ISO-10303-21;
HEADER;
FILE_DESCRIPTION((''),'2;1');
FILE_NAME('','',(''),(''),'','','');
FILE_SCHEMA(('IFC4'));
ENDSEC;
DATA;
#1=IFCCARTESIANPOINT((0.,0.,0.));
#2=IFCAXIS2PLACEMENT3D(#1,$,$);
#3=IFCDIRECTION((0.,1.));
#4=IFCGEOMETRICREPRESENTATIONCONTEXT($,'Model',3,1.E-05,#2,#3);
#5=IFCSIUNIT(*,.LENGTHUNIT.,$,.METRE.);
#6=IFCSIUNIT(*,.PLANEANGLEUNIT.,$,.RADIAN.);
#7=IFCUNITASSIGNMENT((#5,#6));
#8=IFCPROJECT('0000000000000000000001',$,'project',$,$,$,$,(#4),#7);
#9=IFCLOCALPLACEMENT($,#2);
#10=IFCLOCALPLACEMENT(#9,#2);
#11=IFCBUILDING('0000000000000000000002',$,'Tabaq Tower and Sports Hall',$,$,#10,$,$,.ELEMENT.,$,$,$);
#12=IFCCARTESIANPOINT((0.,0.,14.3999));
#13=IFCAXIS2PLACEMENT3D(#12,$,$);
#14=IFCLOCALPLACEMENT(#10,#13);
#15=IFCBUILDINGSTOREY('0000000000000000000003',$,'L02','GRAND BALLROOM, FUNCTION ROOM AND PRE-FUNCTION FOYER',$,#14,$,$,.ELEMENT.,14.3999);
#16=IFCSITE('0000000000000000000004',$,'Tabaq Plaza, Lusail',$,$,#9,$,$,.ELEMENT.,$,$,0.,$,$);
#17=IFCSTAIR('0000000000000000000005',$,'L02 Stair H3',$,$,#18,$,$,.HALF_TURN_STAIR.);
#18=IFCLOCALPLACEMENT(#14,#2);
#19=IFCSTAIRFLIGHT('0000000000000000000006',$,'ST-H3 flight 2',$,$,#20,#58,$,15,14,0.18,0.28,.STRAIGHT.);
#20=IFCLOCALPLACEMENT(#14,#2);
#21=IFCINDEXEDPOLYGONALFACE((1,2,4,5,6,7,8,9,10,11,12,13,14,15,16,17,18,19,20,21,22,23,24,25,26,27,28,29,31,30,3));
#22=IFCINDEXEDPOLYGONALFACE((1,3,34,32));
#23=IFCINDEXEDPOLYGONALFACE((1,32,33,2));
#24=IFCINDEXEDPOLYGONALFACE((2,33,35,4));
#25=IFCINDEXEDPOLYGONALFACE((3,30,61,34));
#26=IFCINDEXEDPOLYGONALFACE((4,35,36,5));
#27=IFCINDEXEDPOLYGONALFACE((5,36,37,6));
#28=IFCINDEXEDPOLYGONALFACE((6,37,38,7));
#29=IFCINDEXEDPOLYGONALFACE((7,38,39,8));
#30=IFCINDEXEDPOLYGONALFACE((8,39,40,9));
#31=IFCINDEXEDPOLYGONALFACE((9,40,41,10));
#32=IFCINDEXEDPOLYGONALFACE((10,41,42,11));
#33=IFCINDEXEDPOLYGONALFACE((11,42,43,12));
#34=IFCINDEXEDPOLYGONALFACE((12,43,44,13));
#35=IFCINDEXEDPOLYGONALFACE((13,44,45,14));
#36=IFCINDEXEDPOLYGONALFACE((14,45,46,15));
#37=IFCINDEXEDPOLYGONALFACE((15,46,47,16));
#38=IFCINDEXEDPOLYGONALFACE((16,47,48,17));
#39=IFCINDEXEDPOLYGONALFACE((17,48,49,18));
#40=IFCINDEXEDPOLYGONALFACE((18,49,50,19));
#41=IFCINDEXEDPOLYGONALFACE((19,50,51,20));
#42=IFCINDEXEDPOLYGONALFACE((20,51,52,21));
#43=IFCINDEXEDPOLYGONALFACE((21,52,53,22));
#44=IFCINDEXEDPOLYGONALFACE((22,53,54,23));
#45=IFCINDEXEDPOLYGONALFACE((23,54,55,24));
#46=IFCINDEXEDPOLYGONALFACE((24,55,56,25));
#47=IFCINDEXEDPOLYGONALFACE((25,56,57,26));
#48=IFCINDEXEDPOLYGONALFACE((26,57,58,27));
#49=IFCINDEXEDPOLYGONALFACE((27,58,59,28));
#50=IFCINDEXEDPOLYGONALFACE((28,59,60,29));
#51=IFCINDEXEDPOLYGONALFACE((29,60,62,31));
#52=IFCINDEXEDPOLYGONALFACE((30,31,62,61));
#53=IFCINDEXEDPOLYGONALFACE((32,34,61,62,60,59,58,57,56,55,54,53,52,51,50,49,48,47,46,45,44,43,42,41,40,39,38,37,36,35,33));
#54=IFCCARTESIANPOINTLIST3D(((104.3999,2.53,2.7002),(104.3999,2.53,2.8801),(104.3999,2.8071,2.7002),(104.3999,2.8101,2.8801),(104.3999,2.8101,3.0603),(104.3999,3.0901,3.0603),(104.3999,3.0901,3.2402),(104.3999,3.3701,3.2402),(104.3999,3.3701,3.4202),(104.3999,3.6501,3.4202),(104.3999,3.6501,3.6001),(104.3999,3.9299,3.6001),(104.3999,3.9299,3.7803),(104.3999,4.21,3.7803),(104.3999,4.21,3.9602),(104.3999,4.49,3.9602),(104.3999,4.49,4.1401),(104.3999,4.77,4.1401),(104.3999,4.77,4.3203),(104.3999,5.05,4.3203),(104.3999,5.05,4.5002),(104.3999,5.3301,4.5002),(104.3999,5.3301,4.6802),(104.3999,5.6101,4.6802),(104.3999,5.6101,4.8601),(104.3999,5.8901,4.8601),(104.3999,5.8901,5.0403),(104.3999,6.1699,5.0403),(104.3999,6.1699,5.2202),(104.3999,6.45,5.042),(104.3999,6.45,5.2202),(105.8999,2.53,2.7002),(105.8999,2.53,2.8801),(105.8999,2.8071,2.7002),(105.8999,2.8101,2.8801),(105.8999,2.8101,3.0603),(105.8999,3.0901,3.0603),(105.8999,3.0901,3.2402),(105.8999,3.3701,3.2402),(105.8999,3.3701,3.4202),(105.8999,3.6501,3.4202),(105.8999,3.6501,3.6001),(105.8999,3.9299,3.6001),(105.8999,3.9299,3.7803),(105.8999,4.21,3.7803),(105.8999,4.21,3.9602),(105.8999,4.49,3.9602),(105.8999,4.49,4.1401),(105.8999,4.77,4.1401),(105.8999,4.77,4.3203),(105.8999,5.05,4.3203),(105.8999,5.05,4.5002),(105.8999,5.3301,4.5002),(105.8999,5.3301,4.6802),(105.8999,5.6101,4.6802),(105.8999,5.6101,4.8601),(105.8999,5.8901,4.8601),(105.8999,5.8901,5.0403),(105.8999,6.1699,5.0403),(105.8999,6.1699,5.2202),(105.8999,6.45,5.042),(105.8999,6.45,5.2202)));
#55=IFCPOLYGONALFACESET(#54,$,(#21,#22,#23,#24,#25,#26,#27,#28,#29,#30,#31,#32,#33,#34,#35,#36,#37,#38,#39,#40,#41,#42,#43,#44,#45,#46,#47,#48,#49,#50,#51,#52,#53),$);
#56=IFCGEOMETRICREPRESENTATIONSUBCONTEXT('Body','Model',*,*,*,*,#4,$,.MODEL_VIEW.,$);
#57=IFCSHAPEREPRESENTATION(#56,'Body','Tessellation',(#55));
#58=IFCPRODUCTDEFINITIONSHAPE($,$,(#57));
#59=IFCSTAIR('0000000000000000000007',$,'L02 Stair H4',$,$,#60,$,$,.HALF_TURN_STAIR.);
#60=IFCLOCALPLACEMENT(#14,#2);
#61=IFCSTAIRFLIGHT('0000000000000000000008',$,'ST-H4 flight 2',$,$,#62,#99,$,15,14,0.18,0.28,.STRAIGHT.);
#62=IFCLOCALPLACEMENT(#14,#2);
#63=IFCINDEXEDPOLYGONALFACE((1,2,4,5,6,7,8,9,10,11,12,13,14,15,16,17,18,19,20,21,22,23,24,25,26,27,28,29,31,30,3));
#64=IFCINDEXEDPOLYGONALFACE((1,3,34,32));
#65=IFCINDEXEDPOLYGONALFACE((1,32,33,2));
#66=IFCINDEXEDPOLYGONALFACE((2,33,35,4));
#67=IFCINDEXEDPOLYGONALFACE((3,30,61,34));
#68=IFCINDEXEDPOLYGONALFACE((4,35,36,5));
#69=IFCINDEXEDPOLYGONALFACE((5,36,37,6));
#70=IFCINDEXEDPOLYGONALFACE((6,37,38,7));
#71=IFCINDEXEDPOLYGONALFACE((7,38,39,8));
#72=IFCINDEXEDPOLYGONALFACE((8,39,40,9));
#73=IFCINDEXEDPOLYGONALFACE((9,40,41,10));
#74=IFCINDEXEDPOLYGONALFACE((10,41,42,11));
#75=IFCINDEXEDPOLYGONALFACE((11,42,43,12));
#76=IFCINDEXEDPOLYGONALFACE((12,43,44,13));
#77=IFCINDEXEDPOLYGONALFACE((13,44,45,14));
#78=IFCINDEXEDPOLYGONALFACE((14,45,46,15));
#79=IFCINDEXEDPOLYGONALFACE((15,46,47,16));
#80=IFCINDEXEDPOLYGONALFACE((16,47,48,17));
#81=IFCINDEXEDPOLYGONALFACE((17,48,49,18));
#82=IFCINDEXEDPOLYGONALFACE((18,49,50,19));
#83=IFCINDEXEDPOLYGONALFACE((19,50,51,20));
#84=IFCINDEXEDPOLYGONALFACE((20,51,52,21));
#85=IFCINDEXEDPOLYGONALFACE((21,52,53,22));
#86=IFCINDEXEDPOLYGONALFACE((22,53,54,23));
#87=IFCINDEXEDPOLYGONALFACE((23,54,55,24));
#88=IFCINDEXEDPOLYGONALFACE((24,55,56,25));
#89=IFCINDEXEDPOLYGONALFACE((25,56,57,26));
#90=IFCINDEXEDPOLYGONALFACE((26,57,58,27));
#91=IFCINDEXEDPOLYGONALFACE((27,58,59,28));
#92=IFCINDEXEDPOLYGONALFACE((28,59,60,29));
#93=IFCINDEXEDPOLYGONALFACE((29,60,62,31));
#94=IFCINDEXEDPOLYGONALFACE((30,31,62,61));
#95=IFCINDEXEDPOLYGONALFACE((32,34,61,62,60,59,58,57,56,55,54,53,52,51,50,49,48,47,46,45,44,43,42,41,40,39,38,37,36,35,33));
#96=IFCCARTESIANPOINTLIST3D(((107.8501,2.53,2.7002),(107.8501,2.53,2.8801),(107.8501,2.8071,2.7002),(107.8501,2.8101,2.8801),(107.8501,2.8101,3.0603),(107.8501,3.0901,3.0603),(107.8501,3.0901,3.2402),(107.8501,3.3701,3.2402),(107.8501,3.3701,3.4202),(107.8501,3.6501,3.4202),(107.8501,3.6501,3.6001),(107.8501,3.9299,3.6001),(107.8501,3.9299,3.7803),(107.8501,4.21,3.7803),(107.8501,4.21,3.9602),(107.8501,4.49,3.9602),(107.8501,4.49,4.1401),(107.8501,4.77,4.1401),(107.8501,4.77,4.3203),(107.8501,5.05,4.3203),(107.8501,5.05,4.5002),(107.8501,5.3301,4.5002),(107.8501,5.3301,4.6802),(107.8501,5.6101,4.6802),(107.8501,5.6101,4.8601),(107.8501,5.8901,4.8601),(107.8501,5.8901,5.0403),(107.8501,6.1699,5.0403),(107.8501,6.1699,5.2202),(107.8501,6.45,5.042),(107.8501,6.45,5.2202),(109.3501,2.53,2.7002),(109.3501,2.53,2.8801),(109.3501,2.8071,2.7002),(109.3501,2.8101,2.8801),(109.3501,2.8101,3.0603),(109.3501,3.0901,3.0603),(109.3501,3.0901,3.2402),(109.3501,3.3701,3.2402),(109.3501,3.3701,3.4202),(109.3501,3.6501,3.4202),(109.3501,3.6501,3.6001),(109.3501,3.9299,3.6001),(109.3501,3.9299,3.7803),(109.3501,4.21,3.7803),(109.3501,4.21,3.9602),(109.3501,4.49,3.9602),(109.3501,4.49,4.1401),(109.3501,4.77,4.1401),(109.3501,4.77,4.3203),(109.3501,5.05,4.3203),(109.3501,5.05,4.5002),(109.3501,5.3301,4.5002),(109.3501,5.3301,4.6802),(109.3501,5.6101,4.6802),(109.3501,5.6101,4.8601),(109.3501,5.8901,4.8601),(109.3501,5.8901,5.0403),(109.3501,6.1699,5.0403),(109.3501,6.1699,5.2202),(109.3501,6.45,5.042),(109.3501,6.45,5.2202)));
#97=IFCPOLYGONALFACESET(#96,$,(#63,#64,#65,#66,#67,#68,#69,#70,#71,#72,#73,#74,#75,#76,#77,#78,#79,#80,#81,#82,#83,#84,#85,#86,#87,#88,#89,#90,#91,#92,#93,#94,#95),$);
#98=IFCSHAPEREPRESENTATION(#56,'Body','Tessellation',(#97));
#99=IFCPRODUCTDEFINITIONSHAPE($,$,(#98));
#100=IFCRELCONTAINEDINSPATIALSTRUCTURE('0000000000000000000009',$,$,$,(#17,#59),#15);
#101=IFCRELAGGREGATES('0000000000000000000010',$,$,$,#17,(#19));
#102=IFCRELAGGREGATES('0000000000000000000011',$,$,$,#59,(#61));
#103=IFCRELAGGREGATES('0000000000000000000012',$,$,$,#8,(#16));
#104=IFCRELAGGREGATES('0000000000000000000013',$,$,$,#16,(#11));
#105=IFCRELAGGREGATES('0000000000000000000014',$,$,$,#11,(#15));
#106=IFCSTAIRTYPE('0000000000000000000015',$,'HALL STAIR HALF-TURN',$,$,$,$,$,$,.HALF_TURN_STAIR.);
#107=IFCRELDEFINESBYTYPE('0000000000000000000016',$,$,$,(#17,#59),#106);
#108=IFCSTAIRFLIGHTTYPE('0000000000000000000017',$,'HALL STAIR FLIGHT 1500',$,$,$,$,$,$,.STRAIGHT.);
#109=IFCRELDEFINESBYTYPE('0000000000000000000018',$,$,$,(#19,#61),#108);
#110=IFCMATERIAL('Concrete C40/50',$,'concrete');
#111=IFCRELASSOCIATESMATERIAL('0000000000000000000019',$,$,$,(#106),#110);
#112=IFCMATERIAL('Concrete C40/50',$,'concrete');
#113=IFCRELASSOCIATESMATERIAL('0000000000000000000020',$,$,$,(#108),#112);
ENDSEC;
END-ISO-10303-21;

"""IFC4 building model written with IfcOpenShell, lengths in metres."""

from ifc_helpers import new_model, si_unit, direction, frame, origin, place, context, subcontext, project, spatial, polyline, outline, extrude, material, type_object, element, aggregate, save


model = new_model("IFC4")

# Units and contexts
model_context = context("Model", 3, precision=1e-05, world=origin(), true_north=direction((0.0, 1.0)))
body_context = subcontext(model_context, "Body", "Model", "MODEL_VIEW")
ifc_project = project(units=[si_unit("LENGTHUNIT", "METRE"), si_unit("PLANEANGLEUNIT", "RADIAN")], contexts=[model_context])

# Site, building, storey
site_placement = place(None, origin())
site = spatial("IfcSite", under=ifc_project, at=site_placement, Name="Tabaq Plaza, Lusail", CompositionType="ELEMENT", RefElevation=0.0)
building_placement = place(site_placement, origin())
building = spatial("IfcBuilding", under=site, at=building_placement, Name="Tabaq Tower and Sports Hall", CompositionType="ELEMENT")
storey_placement = place(building_placement, frame((0.0, 0.0, 14.3999)))
storey = spatial("IfcBuildingStorey", under=building, at=storey_placement, Name="L02", Description="GRAND BALLROOM, FUNCTION ROOM AND PRE-FUNCTION FOYER", CompositionType="ELEMENT", Elevation=14.3999)

# Stair, stair flight
ifc_material_1 = material(Name="Concrete C40/50", Category="concrete")
stair_type = type_object("IfcStairType", Name="HALL STAIR HALF-TURN", PredefinedType="HALF_TURN_STAIR", material=ifc_material_1)
stair_1_placement = place(storey_placement, origin())
stair_1 = element("IfcStair", 1, at=stair_1_placement, inside=storey, type_object=stair_type, Name="L02 Stair H3", PredefinedType="HALF_TURN_STAIR")
ifc_material_2 = material(Name="Concrete C40/50", Category="concrete")
stair_flight_type = type_object("IfcStairFlightType", Name="HALL STAIR FLIGHT 1500", PredefinedType="STRAIGHT", material=ifc_material_2)
stair_flight_1_placement = place(storey_placement, frame((105.1499, 2.53, 2.7002), z_axis=(0.0, 0.0, 1.0), x_axis=(0.0, 1.0, 0.0)))
stair_flight_1 = element("IfcStairFlight", 2, at=stair_flight_1_placement, type_object=stair_flight_type, Name="ST-H3 flight 2", NumberOfRisers=15, NumberOfTreads=14, PredefinedType="STRAIGHT", RiserHeight=0.18, TreadLength=0.28, context=body_context, shape_type="SweptSolid", body=[
    extrude(outline(polyline([(0.0, 0.0), (0.0, 0.1799), (0.28, 0.1799), (0.28, 0.3601), (0.5601, 0.3601), (0.5601, 0.54), (0.8401, 0.54), (0.8401, 0.72), (1.1201, 0.72), (1.1201, 0.8999), (1.3999, 0.8999), (1.3999, 1.0801), (1.6799, 1.0801), (1.6799, 1.26), (1.96, 1.26), (1.96, 1.4399), (2.24, 1.4399), (2.24, 1.6201), (2.52, 1.6201), (2.52, 1.8), (2.8, 1.8), (2.8, 1.98), (3.0801, 1.98), (3.0801, 2.1599), (3.3601, 2.1599), (3.3601, 2.3401), (3.6399, 2.3401), (3.6399, 2.52), (3.9199, 2.52), (3.9199, 2.7), (3.9199, 2.3418), (0.2771, 0.0), (0.0, 0.0)])), frame((0.0, 0.75, 0.0), z_axis=(0.0, -1.0, 0.0), x_axis=(1.0, 0.0, 0.0)), (0.0, 0.0, 1.0), 1.5),
])
aggregate(stair_1, [stair_flight_1])

# Stair, stair flight
stair_2_placement = place(storey_placement, origin())
stair_2 = element("IfcStair", 3, at=stair_2_placement, inside=storey, type_object=stair_type, Name="L02 Stair H4", PredefinedType="HALF_TURN_STAIR")
stair_flight_2_placement = place(storey_placement, frame((108.6001, 2.53, 2.7002), z_axis=(0.0, 0.0, 1.0), x_axis=(0.0, 1.0, 0.0)))
stair_flight_2 = element("IfcStairFlight", 4, at=stair_flight_2_placement, type_object=stair_flight_type, Name="ST-H4 flight 2", NumberOfRisers=15, NumberOfTreads=14, PredefinedType="STRAIGHT", RiserHeight=0.18, TreadLength=0.28, context=body_context, shape_type="SweptSolid", body=[
    extrude(outline(polyline([(0.0, 0.0), (0.0, 0.1799), (0.28, 0.1799), (0.28, 0.3601), (0.5601, 0.3601), (0.5601, 0.54), (0.8401, 0.54), (0.8401, 0.72), (1.1201, 0.72), (1.1201, 0.8999), (1.3999, 0.8999), (1.3999, 1.0801), (1.6799, 1.0801), (1.6799, 1.26), (1.96, 1.26), (1.96, 1.4399), (2.24, 1.4399), (2.24, 1.6201), (2.52, 1.6201), (2.52, 1.8), (2.8, 1.8), (2.8, 1.98), (3.0801, 1.98), (3.0801, 2.1599), (3.3601, 2.1599), (3.3601, 2.3401), (3.6399, 2.3401), (3.6399, 2.52), (3.9199, 2.52), (3.9199, 2.7), (3.9199, 2.3418), (0.2771, 0.0), (0.0, 0.0)])), frame((0.0, 0.75, 0.0), z_axis=(0.0, -1.0, 0.0), x_axis=(1.0, 0.0, 0.0)), (0.0, 0.0, 1.0), 1.5),
])
aggregate(stair_2, [stair_flight_2])

save(model, "model.ifc")
